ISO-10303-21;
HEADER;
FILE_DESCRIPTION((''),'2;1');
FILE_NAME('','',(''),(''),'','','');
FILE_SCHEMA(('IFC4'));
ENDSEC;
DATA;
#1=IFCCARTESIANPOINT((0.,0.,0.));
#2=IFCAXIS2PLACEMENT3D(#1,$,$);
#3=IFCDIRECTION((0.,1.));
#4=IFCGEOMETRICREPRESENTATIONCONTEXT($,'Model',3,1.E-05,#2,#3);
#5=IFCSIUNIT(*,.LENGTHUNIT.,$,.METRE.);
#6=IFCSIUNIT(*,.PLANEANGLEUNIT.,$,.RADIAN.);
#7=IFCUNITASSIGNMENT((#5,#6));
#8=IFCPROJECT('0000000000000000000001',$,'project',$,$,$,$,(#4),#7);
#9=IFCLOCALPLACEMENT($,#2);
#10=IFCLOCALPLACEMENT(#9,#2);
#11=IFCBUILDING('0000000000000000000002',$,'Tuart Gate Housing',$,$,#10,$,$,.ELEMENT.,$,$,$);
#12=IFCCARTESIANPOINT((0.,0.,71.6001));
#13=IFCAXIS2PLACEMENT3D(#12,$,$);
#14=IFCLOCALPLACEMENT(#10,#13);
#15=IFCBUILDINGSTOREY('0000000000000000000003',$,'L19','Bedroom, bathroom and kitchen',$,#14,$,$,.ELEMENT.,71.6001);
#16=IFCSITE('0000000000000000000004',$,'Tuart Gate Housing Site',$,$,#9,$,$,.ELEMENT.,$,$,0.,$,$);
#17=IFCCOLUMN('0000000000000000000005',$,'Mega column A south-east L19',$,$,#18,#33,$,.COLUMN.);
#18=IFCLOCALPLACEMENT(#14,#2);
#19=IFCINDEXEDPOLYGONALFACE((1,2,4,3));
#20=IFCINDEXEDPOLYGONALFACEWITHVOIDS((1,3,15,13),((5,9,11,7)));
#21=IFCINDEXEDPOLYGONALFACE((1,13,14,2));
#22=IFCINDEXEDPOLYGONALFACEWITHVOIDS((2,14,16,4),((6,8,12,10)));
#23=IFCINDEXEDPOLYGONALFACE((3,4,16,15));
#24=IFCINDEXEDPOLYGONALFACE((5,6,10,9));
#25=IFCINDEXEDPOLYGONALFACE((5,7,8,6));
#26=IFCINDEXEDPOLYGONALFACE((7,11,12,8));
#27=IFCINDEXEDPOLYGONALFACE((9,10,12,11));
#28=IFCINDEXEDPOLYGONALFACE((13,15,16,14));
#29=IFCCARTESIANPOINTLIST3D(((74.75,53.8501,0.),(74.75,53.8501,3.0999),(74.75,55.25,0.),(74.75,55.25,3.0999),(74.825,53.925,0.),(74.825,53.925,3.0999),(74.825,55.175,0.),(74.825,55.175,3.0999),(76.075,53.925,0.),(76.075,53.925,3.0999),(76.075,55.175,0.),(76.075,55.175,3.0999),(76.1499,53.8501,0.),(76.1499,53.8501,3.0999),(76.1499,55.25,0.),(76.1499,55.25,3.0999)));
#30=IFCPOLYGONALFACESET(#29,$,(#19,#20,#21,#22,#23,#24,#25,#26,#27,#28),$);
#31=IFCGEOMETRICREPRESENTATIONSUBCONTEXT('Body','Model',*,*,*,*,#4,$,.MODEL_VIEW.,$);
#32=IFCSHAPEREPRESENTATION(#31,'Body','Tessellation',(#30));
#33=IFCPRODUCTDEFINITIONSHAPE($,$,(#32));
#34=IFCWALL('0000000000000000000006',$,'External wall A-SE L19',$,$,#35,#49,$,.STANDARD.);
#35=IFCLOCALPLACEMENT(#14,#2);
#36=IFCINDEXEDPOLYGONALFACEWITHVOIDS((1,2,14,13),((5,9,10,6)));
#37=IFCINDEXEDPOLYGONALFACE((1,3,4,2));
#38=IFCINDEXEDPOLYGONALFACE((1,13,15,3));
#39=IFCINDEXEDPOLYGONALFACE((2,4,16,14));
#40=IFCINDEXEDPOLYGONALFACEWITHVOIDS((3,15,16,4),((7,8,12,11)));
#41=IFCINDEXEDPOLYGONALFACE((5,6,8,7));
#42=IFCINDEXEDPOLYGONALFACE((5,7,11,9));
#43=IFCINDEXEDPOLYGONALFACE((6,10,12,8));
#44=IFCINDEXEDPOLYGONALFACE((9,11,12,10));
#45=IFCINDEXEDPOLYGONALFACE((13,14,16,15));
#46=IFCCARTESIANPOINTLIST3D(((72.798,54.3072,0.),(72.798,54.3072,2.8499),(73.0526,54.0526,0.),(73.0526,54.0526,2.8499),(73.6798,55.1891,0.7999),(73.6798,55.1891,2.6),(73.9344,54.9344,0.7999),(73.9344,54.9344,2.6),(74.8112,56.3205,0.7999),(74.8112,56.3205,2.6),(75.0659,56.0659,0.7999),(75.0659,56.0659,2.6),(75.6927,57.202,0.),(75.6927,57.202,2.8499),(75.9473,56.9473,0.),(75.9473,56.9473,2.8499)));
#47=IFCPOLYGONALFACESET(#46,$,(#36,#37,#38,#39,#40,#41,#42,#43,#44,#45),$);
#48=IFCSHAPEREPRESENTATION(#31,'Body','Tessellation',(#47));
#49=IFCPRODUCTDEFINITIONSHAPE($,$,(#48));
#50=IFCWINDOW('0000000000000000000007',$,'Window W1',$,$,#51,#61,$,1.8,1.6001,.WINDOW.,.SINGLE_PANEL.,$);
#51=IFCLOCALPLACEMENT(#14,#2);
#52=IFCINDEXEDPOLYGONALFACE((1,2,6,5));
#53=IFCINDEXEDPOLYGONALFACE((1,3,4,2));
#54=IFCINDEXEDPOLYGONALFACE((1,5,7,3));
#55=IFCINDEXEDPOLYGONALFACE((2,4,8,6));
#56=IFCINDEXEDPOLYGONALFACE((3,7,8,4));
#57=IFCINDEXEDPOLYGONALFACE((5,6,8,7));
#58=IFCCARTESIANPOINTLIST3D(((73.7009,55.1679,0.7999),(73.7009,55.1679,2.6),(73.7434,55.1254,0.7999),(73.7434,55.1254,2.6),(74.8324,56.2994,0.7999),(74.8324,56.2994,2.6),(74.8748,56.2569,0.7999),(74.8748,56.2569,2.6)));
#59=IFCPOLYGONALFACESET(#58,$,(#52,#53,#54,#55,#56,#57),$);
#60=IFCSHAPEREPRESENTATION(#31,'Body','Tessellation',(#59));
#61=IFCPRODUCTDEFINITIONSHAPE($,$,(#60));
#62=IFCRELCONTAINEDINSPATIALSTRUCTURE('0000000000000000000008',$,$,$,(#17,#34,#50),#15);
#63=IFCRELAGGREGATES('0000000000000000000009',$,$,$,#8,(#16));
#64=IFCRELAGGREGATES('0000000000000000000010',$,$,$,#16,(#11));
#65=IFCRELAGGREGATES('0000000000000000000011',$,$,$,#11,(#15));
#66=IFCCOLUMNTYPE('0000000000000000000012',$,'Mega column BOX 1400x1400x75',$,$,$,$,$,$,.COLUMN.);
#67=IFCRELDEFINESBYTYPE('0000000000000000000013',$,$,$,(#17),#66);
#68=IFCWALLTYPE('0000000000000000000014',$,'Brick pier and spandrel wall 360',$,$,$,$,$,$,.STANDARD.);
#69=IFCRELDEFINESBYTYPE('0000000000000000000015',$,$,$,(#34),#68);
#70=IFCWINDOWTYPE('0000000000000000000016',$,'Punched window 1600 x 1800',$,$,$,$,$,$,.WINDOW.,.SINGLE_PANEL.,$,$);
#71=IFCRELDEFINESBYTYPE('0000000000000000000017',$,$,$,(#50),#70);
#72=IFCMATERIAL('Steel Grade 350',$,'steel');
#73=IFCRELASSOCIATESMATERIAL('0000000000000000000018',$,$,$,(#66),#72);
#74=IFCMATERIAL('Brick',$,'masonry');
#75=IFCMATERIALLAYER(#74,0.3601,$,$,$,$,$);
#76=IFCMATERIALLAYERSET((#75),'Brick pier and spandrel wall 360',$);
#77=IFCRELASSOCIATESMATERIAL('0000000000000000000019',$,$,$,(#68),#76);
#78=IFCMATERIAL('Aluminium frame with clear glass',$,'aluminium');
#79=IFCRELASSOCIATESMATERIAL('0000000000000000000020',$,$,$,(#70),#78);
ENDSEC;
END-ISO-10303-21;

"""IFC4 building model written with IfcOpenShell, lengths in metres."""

from ifc_helpers import new_model, si_unit, direction, frame, frame_2d, origin, origin_2d, place, context, subcontext, project, spatial, rectangle, hollow_rectangle, extrude, material, layer, layer_set, material_profile, profile_set, type_object, element, fill, save


model = new_model("IFC4")

# Units and contexts
model_context = context("Model", 3, precision=1e-05, world=origin(), true_north=direction((0.0, 1.0)))
body_context = subcontext(model_context, "Body", "Model", "MODEL_VIEW")
ifc_project = project(units=[si_unit("LENGTHUNIT", "METRE"), si_unit("PLANEANGLEUNIT", "RADIAN")], contexts=[model_context])

# Site, building, storey
site_placement = place(None, origin())
site = spatial("IfcSite", under=ifc_project, at=site_placement, Name="Tuart Gate Housing Site", CompositionType="ELEMENT", RefElevation=0.0)
building_placement = place(site_placement, origin())
building = spatial("IfcBuilding", under=site, at=building_placement, Name="Tuart Gate Housing", CompositionType="ELEMENT")
storey_placement = place(building_placement, frame((0.0, 0.0, 71.6001)))
storey = spatial("IfcBuildingStorey", under=building, at=storey_placement, Name="L19", Description="Bedroom, bathroom and kitchen", CompositionType="ELEMENT", Elevation=71.6001)

# Column
ifc_material_1 = material(Name="Steel Grade 350", Category="steel")
ifc_material_profile = material_profile(ifc_material_1, hollow_rectangle(XDim=1.3999, YDim=1.3999, WallThickness=0.075, at=origin_2d()), Name="BOX 1400x1400x75")
ifc_profile_set = profile_set([ifc_material_profile], Name="Steel Grade 350")
column_type = type_object("IfcColumnType", Name="Mega column BOX 1400x1400x75", PredefinedType="COLUMN", material=ifc_profile_set)
column_placement = place(storey_placement, frame((75.45, 54.55, 0.0), z_axis=(0.0, 0.0, 1.0), x_axis=(1.0, 0.0, 0.0)))
element("IfcColumn", 1, at=column_placement, inside=storey, type_object=column_type, Name="Mega column A south-east L19", PredefinedType="COLUMN", context=body_context, shape_type="SweptSolid", body=[
    extrude(hollow_rectangle(XDim=1.3999, YDim=1.3999, WallThickness=0.075, at=origin_2d()), origin(), (0.0, 0.0, 1.0), 3.0999),
])

# Wall, opening, window
ifc_material_2 = material(Name="Brick", Category="masonry")
ifc_layer = layer(ifc_material_2, 0.3601)
ifc_layer_set = layer_set([ifc_layer], Name="Brick pier and spandrel wall 360")
wall_type = type_object("IfcWallType", Name="Brick pier and spandrel wall 360", PredefinedType="STANDARD", material=ifc_layer_set)
wall_1_placement = place(storey_placement, frame((72.9253, 54.1799, 0.0), z_axis=(0.0, 0.0, 1.0), x_axis=(0.707107, 0.707107, 0.0)))
wall_1 = element("IfcWall", 2, at=wall_1_placement, inside=storey, type_object=wall_type, Name="External wall A-SE L19", PredefinedType="STANDARD", context=body_context, shape_type="SweptSolid", body=[
    extrude(rectangle(XDim=4.0938, YDim=0.3601, at=frame_2d((2.0469, 0.0))), origin(), (0.0, 0.0, 1.0), 2.8499),
])
opening_1_placement = place(wall_1_placement, frame((1.2471, 0.0, 0.8)))
opening_1 = element("IfcOpeningElement", 3, at=opening_1_placement, cuts=wall_1, PredefinedType="OPENING", context=body_context, shape_type="SweptSolid", body=[
    extrude(rectangle(XDim=1.6001, YDim=1.8, at=frame_2d((0.8, 0.8999))), frame((0.0, 0.1899, 0.0), z_axis=(0.0, -1.0, 0.0), x_axis=(1.0, 0.0, 0.0)), (0.0, 0.0, 1.0), 0.3801),
])
ifc_material_3 = material(Name="Aluminium frame with clear glass", Category="aluminium")
window_type_1 = type_object("IfcWindowType", Name="Punched window 1600 x 1800", PartitioningType="SINGLE_PANEL", PredefinedType="WINDOW", material=ifc_material_3)
window_1_placement = place(opening_1_placement, origin())
window_1 = element("IfcWindow", 4, at=window_1_placement, inside=storey, type_object=window_type_1, Name="Window W1", OverallHeight=1.8, OverallWidth=1.6001, PartitioningType="SINGLE_PANEL", PredefinedType="WINDOW", context=body_context, shape_type="SweptSolid", body=[
    extrude(rectangle(XDim=1.6001, YDim=1.8, at=frame_2d((0.8, 0.8999))), frame((0.0, 0.1501, 0.0), z_axis=(0.0, -1.0, 0.0), x_axis=(1.0, 0.0, 0.0)), (0.0, 0.0, 1.0), 0.0601),
])
fill(opening_1, window_1)

save(model, "model.ifc")
